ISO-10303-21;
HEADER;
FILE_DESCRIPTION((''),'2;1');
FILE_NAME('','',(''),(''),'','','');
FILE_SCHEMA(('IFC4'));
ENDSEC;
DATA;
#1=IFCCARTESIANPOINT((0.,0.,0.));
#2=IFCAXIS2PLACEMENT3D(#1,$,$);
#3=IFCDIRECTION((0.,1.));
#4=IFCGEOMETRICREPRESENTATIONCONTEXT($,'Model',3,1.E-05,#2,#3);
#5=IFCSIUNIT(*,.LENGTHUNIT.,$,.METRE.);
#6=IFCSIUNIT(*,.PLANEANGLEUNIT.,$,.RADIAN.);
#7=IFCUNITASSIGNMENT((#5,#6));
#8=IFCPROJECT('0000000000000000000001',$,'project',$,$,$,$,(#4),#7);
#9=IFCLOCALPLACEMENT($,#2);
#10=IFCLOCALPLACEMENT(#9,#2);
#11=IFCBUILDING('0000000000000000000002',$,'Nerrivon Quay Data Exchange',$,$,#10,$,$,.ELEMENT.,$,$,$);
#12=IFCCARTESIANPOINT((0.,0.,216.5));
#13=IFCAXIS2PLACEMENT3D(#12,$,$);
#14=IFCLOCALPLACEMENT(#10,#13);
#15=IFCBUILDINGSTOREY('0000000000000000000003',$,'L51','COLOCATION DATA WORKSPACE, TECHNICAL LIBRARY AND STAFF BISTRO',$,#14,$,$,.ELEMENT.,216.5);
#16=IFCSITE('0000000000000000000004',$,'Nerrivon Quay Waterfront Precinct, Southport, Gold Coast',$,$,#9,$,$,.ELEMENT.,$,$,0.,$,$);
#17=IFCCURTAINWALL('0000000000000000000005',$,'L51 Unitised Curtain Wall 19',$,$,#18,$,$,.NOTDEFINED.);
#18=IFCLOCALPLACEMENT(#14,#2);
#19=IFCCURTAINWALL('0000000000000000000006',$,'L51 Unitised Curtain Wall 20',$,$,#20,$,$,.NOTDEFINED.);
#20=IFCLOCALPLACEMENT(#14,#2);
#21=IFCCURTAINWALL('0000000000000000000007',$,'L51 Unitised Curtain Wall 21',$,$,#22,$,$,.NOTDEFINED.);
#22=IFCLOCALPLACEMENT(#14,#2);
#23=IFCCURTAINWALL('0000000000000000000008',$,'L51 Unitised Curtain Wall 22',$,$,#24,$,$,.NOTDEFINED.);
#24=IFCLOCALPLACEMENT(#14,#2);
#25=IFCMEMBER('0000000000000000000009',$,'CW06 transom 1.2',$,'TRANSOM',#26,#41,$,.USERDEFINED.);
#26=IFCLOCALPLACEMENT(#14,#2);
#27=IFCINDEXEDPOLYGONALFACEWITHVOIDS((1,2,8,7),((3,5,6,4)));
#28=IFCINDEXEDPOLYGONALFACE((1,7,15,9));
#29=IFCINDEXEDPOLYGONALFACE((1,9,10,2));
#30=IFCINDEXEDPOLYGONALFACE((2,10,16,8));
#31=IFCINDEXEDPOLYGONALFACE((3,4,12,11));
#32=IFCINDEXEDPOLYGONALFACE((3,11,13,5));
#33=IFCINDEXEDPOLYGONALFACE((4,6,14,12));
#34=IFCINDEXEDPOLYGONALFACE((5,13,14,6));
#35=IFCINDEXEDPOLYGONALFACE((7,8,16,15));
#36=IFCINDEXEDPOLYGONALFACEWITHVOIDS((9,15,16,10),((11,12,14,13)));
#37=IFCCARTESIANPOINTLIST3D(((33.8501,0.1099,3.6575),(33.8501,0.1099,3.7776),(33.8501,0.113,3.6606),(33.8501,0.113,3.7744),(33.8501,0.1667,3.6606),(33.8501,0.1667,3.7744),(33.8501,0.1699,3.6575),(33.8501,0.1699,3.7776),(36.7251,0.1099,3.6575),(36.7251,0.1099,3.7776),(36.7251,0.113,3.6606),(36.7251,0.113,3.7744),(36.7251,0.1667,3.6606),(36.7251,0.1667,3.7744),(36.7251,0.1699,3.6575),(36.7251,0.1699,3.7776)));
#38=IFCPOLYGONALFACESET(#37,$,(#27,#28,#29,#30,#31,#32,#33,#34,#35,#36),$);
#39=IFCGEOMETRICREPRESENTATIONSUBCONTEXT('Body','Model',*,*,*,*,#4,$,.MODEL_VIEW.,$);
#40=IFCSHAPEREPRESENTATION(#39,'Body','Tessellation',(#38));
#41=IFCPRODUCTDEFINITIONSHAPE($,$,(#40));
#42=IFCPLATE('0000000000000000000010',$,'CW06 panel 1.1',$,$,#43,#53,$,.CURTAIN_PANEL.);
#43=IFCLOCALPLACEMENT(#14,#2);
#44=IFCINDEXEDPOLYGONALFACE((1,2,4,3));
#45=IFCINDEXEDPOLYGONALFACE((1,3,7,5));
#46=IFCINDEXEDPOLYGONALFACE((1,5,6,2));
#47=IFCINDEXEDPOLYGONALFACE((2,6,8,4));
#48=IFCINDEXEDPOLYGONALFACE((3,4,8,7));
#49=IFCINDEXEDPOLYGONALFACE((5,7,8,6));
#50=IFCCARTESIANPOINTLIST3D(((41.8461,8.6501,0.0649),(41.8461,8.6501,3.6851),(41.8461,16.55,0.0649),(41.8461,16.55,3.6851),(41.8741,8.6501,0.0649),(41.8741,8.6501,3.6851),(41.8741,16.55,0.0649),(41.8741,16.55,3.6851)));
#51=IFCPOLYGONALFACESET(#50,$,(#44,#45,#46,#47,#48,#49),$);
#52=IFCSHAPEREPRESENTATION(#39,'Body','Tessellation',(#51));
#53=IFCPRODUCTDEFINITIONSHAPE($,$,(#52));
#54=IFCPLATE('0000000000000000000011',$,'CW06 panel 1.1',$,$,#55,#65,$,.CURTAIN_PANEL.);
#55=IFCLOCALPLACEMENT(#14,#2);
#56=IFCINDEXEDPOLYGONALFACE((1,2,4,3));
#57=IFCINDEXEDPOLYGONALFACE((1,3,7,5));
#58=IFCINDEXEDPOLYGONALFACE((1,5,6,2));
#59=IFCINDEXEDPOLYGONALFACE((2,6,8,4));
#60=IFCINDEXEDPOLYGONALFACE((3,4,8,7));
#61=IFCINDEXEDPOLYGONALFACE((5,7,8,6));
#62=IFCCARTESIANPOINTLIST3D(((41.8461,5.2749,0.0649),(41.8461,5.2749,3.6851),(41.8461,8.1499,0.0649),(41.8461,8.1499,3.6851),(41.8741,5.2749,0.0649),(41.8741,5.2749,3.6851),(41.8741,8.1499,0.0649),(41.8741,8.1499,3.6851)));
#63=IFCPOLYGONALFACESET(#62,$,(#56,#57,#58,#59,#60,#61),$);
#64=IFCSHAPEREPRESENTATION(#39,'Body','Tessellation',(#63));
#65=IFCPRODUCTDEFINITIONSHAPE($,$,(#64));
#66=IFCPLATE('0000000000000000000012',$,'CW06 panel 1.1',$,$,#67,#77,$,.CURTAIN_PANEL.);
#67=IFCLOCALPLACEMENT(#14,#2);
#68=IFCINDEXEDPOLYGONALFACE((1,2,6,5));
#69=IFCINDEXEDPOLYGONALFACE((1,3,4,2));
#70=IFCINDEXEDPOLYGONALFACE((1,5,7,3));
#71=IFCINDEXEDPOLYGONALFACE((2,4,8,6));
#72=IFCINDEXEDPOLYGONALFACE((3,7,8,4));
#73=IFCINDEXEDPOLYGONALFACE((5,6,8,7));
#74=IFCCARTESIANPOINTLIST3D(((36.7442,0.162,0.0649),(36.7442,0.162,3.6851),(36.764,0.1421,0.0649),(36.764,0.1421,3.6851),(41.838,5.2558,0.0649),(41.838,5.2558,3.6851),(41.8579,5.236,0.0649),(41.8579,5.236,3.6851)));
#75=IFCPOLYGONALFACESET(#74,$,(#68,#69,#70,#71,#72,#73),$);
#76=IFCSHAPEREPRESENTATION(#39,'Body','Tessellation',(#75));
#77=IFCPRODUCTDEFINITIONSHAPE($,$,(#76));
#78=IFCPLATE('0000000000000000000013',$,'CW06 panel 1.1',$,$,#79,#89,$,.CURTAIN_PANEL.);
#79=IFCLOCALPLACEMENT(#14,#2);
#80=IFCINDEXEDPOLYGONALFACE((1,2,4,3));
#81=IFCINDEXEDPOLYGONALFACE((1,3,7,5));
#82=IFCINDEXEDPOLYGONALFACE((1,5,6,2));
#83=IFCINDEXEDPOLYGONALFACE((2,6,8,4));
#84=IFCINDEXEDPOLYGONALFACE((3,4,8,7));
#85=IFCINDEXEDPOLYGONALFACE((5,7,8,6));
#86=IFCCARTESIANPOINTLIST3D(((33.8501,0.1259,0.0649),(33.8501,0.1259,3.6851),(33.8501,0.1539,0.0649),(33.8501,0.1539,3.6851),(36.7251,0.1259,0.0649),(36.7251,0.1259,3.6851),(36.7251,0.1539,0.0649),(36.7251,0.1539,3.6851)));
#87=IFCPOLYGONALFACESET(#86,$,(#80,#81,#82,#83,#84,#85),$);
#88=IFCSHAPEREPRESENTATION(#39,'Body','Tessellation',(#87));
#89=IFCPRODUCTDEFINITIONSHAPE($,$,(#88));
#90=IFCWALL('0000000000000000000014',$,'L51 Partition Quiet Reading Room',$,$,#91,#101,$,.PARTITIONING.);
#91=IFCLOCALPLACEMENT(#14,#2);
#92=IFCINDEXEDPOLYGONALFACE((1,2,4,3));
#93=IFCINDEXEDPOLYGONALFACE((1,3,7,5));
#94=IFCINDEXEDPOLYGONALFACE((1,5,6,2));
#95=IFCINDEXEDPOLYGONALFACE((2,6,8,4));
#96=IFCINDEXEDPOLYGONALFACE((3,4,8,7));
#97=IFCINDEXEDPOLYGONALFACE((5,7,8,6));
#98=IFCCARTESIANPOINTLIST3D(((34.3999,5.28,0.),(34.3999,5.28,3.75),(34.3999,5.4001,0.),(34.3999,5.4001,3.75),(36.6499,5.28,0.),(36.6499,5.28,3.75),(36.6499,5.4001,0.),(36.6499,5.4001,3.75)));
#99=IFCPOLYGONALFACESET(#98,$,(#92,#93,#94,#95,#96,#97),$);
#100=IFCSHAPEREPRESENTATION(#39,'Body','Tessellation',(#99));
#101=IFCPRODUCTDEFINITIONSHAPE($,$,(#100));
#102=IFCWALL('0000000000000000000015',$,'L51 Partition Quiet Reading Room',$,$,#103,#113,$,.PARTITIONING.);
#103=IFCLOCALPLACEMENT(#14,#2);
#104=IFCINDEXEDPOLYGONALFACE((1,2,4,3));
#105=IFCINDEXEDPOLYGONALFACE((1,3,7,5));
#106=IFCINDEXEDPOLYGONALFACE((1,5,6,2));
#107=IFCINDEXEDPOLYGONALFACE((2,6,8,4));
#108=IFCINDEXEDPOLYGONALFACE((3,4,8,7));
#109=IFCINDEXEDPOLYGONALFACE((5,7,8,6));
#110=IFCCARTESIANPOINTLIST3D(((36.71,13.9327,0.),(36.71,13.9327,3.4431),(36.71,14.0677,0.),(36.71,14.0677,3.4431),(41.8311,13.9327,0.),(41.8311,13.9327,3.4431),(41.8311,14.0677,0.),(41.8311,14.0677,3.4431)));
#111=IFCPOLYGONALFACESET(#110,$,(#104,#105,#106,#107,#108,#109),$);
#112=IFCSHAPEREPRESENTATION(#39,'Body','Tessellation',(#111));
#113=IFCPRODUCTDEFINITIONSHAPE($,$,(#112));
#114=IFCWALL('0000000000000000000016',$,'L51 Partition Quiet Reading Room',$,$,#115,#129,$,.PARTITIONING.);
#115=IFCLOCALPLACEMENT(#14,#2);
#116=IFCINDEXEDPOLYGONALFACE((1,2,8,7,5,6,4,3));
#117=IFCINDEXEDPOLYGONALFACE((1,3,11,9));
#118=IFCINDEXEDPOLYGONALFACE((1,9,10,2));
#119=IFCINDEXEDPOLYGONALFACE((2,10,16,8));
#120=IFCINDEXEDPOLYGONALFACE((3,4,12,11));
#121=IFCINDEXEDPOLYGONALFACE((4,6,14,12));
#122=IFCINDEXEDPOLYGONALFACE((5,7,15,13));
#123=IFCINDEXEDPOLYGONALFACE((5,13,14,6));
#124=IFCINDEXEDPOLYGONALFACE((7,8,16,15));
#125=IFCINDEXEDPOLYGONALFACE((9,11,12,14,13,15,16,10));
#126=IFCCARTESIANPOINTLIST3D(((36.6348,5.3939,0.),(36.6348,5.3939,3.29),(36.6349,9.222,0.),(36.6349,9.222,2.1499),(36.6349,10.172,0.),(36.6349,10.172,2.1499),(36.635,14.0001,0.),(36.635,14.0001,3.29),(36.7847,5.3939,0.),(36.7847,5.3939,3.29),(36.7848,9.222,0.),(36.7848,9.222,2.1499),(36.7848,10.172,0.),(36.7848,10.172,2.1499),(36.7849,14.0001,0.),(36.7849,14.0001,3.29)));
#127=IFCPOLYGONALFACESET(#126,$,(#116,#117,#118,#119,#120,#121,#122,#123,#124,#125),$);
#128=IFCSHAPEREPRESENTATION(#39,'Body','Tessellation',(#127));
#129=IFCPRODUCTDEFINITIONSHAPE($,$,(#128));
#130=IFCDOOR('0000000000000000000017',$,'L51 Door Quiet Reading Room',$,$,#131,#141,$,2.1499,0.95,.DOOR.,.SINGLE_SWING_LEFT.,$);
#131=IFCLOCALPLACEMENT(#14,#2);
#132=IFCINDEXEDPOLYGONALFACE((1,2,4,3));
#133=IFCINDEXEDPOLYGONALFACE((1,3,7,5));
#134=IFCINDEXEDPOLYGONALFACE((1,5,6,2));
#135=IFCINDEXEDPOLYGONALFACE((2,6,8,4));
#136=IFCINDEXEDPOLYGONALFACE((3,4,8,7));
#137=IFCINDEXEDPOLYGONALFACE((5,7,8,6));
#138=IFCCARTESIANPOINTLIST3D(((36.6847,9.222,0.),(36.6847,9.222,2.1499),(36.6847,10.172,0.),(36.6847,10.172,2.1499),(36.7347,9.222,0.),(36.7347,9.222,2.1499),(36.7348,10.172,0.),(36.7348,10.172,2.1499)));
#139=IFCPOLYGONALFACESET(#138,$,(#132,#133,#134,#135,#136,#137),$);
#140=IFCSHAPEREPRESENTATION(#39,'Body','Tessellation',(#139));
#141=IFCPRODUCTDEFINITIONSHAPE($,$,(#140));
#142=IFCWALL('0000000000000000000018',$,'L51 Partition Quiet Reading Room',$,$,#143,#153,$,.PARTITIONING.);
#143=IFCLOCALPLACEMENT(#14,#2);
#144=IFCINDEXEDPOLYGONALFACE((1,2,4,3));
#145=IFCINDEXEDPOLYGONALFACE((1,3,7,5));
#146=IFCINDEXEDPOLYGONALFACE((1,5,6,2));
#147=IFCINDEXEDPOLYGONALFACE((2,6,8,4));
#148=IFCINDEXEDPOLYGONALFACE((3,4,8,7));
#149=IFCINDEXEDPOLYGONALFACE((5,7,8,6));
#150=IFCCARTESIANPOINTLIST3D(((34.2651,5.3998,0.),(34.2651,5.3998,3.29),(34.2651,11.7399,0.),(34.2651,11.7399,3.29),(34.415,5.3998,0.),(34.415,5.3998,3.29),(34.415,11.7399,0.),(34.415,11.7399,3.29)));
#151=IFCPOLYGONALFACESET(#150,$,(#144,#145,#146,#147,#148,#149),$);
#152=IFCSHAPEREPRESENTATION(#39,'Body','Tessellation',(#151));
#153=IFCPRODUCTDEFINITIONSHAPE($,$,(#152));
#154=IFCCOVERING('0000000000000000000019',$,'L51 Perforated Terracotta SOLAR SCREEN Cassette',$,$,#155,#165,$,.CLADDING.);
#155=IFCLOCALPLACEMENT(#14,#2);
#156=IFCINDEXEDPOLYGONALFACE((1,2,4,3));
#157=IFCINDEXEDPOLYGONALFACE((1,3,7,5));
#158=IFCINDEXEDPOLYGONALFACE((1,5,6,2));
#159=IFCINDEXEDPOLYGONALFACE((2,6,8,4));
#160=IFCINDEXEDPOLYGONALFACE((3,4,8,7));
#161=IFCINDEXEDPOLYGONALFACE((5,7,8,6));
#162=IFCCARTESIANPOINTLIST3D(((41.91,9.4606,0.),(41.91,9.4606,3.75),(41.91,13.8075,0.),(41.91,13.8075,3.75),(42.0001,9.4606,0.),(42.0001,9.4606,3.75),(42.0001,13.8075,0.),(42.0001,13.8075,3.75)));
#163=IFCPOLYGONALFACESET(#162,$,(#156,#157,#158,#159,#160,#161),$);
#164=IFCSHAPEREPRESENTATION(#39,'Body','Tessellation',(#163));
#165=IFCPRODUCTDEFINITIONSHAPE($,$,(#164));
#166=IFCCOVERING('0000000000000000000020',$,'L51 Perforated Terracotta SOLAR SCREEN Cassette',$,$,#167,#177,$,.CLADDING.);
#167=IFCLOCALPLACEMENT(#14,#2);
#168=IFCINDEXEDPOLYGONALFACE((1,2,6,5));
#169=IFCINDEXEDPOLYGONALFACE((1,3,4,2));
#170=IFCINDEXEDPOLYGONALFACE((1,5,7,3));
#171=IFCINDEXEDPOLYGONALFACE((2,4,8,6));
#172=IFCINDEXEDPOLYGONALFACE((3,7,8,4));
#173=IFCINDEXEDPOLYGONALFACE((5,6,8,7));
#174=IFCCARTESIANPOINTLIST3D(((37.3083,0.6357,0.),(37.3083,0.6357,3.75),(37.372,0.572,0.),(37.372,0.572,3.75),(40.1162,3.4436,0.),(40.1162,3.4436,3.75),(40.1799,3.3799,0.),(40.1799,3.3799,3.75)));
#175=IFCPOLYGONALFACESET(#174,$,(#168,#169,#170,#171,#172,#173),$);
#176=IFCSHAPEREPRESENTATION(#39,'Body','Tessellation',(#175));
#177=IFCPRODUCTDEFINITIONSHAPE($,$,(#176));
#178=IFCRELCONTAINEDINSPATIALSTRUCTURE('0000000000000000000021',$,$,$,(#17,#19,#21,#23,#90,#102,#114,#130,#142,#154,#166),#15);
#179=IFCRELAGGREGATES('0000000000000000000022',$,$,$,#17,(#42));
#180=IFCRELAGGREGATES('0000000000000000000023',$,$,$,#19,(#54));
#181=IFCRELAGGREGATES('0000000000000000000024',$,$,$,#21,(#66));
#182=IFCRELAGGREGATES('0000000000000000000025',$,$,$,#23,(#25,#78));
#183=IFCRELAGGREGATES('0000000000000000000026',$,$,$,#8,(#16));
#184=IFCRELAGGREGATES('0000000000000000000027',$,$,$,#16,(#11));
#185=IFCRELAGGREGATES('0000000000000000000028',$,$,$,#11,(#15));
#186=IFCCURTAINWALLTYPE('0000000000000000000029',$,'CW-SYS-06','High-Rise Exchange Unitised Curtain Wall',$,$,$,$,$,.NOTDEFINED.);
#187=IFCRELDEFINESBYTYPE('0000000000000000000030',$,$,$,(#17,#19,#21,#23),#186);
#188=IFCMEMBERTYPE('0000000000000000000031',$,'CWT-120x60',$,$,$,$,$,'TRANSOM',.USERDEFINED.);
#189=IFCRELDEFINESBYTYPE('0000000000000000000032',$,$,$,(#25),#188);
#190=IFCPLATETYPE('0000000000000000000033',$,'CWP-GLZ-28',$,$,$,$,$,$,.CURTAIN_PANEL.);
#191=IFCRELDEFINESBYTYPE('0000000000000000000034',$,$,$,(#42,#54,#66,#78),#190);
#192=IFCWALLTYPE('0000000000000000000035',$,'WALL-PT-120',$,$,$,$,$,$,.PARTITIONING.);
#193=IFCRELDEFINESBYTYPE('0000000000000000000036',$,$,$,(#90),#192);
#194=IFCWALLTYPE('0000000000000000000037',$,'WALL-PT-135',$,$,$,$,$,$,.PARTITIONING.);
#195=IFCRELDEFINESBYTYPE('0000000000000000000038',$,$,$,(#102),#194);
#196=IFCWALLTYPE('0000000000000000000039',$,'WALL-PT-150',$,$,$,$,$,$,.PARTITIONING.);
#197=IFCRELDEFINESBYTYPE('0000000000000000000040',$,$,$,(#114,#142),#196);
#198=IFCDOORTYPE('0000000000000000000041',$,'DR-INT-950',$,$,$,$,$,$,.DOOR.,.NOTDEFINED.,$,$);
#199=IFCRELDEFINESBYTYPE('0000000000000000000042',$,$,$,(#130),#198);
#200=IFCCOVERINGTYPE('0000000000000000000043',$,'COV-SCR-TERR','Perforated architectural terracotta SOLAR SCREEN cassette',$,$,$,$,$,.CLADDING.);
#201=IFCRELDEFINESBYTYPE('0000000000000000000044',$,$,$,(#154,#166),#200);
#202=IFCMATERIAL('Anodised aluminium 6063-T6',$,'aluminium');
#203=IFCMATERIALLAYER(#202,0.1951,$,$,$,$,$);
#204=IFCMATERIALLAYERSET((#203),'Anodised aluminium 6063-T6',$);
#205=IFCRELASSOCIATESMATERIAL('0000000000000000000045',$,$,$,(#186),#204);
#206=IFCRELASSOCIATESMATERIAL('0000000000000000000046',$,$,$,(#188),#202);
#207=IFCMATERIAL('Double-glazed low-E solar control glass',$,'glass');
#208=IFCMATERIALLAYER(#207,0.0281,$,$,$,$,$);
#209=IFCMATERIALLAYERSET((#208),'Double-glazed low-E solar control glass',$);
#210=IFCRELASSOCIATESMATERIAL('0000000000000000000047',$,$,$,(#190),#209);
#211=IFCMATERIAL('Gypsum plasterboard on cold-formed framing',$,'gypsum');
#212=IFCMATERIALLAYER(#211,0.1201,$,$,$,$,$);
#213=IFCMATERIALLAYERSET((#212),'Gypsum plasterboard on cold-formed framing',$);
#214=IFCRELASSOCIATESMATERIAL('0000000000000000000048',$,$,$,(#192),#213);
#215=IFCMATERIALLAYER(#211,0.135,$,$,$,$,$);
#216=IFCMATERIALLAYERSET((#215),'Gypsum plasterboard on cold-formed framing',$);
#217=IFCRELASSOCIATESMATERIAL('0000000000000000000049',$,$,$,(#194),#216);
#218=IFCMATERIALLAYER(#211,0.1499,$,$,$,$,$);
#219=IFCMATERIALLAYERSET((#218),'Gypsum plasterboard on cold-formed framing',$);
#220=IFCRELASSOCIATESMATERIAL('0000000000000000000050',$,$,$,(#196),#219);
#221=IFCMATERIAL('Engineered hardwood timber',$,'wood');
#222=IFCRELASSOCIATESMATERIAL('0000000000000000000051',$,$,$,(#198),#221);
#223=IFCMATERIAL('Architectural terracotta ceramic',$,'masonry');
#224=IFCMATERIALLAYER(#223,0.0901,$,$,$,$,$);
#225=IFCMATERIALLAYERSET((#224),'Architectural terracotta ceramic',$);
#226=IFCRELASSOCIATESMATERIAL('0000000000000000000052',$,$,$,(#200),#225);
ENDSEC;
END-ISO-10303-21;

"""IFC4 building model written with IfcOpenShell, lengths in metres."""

from ifc_helpers import new_model, si_unit, direction, frame, frame_2d, origin, origin_2d, place, context, subcontext, project, spatial, rectangle, hollow_rectangle, extrude, material, layer, layer_set, material_profile, profile_set, type_object, element, fill, aggregate, save


model = new_model("IFC4")

# Units and contexts
model_context = context("Model", 3, precision=1e-05, world=origin(), true_north=direction((0.0, 1.0)))
body_context = subcontext(model_context, "Body", "Model", "MODEL_VIEW")
ifc_project = project(units=[si_unit("LENGTHUNIT", "METRE"), si_unit("PLANEANGLEUNIT", "RADIAN")], contexts=[model_context])

# Site, building, storey
site_placement = place(None, origin())
site = spatial("IfcSite", under=ifc_project, at=site_placement, Name="Nerrivon Quay Waterfront Precinct, Southport, Gold Coast", CompositionType="ELEMENT", RefElevation=0.0)
building_placement = place(site_placement, origin())
building = spatial("IfcBuilding", under=site, at=building_placement, Name="Nerrivon Quay Data Exchange", CompositionType="ELEMENT")
storey_placement = place(building_placement, frame((0.0, 0.0, 216.5)))
storey = spatial("IfcBuildingStorey", under=building, at=storey_placement, Name="L51", Description="COLOCATION DATA WORKSPACE, TECHNICAL LIBRARY AND STAFF BISTRO", CompositionType="ELEMENT", Elevation=216.5)

# Curtain wall
ifc_material_1 = material(Name="Anodised aluminium 6063-T6", Category="aluminium")
ifc_layer_1 = layer(ifc_material_1, 0.1951)
ifc_layer_set_1 = layer_set([ifc_layer_1], Name="Anodised aluminium 6063-T6")
curtain_wall_type = type_object("IfcCurtainWallType", Name="CW-SYS-06", Description="High-Rise Exchange Unitised Curtain Wall", PredefinedType="NOTDEFINED", material=ifc_layer_set_1)
curtain_wall_1_placement = place(storey_placement, origin())
curtain_wall_1 = element("IfcCurtainWall", 1, at=curtain_wall_1_placement, inside=storey, type_object=curtain_wall_type, Name="L51 Unitised Curtain Wall 19", PredefinedType="NOTDEFINED")

# Curtain walls
curtain_wall_2_placement = place(storey_placement, origin())
curtain_wall_2 = element("IfcCurtainWall", 2, at=curtain_wall_2_placement, inside=storey, type_object=curtain_wall_type, Name="L51 Unitised Curtain Wall 20", PredefinedType="NOTDEFINED")
curtain_wall_3_placement = place(storey_placement, origin())
curtain_wall_3 = element("IfcCurtainWall", 3, at=curtain_wall_3_placement, inside=storey, type_object=curtain_wall_type, Name="L51 Unitised Curtain Wall 21", PredefinedType="NOTDEFINED")

# Curtain wall
curtain_wall_4_placement = place(storey_placement, origin())
curtain_wall_4 = element("IfcCurtainWall", 4, at=curtain_wall_4_placement, inside=storey, type_object=curtain_wall_type, Name="L51 Unitised Curtain Wall 22", PredefinedType="NOTDEFINED")

# Member
ifc_material_profile_1 = material_profile(ifc_material_1, hollow_rectangle(XDim=0.0601, YDim=0.1201, WallThickness=0.0032, at=origin_2d()), Name="ALU-TRAN-120x60")
ifc_profile_set_1 = profile_set([ifc_material_profile_1], Name="Anodised aluminium 6063-T6")
member_type_1 = type_object("IfcMemberType", Name="CWT-120x60", ElementType="TRANSOM", PredefinedType="USERDEFINED", material=ifc_profile_set_1)
member_1_placement = place(storey_placement, frame((36.7251, 0.1399, 3.7175), z_axis=(-1.0, 0.0, 0.0), x_axis=(0.0, -1.0, 0.0)))
member_1 = element("IfcMember", 5, at=member_1_placement, type_object=member_type_1, Name="CW06 transom 1.2", ObjectType="TRANSOM", PredefinedType="USERDEFINED", context=body_context, shape_type="SweptSolid", body=[
    extrude(hollow_rectangle(XDim=0.0601, YDim=0.1201, WallThickness=0.0032, at=origin_2d()), origin(), (0.0, 0.0, 1.0), 2.875),
])

# Plates
ifc_material_2 = material(Name="Double-glazed low-E solar control glass", Category="glass")
ifc_layer_2 = layer(ifc_material_2, 0.0281)
ifc_layer_set_2 = layer_set([ifc_layer_2], Name="Double-glazed low-E solar control glass")
plate_type = type_object("IfcPlateType", Name="CWP-GLZ-28", PredefinedType="CURTAIN_PANEL", material=ifc_layer_set_2)
plate_1_placement = place(storey_placement, frame((41.8601, 12.6001, 0.0649), z_axis=(0.0, 0.0, 1.0), x_axis=(0.0, -1.0, 0.0)))
plate_1 = element("IfcPlate", 6, at=plate_1_placement, type_object=plate_type, Name="CW06 panel 1.1", PredefinedType="CURTAIN_PANEL", context=body_context, shape_type="SweptSolid", body=[
    extrude(rectangle(XDim=7.8999, YDim=0.0281, at=origin_2d()), origin(), (0.0, 0.0, 1.0), 3.6201),
])
aggregate(curtain_wall_1, [plate_1])
plate_2_placement = place(storey_placement, frame((41.8601, 6.7124, 0.0649), z_axis=(0.0, 0.0, 1.0), x_axis=(0.0, -1.0, 0.0)))
plate_2 = element("IfcPlate", 7, at=plate_2_placement, type_object=plate_type, Name="CW06 panel 1.1", PredefinedType="CURTAIN_PANEL", context=body_context, shape_type="SweptSolid", body=[
    extrude(rectangle(XDim=2.875, YDim=0.0281, at=origin_2d()), origin(), (0.0, 0.0, 1.0), 3.6201),
])
aggregate(curtain_wall_2, [plate_2])
plate_3_placement = place(storey_placement, frame((39.301, 2.699, 0.0649), z_axis=(0.0, 0.0, 1.0), x_axis=(-0.707107, -0.707107, 0.0)))
plate_3 = element("IfcPlate", 8, at=plate_3_placement, type_object=plate_type, Name="CW06 panel 1.1", PredefinedType="CURTAIN_PANEL", context=body_context, shape_type="SweptSolid", body=[
    extrude(rectangle(XDim=7.2039, YDim=0.0281, at=origin_2d()), origin(), (0.0, 0.0, 1.0), 3.6201),
])
aggregate(curtain_wall_3, [plate_3])
plate_4_placement = place(storey_placement, frame((35.2876, 0.1399, 0.0649), z_axis=(0.0, 0.0, 1.0), x_axis=(-1.0, 0.0, 0.0)))
plate_4 = element("IfcPlate", 9, at=plate_4_placement, type_object=plate_type, Name="CW06 panel 1.1", PredefinedType="CURTAIN_PANEL", context=body_context, shape_type="SweptSolid", body=[
    extrude(rectangle(XDim=2.875, YDim=0.0281, at=origin_2d()), origin(), (0.0, 0.0, 1.0), 3.6201),
])
aggregate(curtain_wall_4, [member_1, plate_4])

# Walls
ifc_material_3 = material(Name="Gypsum plasterboard on cold-formed framing", Category="gypsum")
ifc_layer_3 = layer(ifc_material_3, 0.1201)
ifc_layer_set_3 = layer_set([ifc_layer_3], Name="Gypsum plasterboard on cold-formed framing")
wall_type_1 = type_object("IfcWallType", Name="WALL-PT-120", PredefinedType="PARTITIONING", material=ifc_layer_set_3)
wall_1_placement = place(storey_placement, frame((36.6499, 5.3401, 0.0), z_axis=(0.0, 0.0, 1.0), x_axis=(-1.0, 0.0, 0.0)))
element("IfcWall", 10, at=wall_1_placement, inside=storey, type_object=wall_type_1, Name="L51 Partition Quiet Reading Room", PredefinedType="PARTITIONING", context=body_context, shape_type="SweptSolid", body=[
    extrude(rectangle(XDim=2.25, YDim=0.1201, at=frame_2d((1.125, 0.0))), origin(), (0.0, 0.0, 1.0), 3.75),
])
ifc_layer_4 = layer(ifc_material_3, 0.135)
ifc_layer_set_4 = layer_set([ifc_layer_4], Name="Gypsum plasterboard on cold-formed framing")
wall_type_2 = type_object("IfcWallType", Name="WALL-PT-135", PredefinedType="PARTITIONING", material=ifc_layer_set_4)
wall_2_placement = place(storey_placement, frame((41.8311, 14.0002, 0.0), z_axis=(0.0, 0.0, 1.0), x_axis=(-1.0, 0.0, 0.0)))
element("IfcWall", 11, at=wall_2_placement, inside=storey, type_object=wall_type_2, Name="L51 Partition Quiet Reading Room", PredefinedType="PARTITIONING", context=body_context, shape_type="SweptSolid", body=[
    extrude(rectangle(XDim=5.1211, YDim=0.135, at=frame_2d((2.5605, 0.0))), origin(), (0.0, 0.0, 1.0), 3.4431),
])

# Wall, opening, door
ifc_layer_5 = layer(ifc_material_3, 0.1499)
ifc_layer_set_5 = layer_set([ifc_layer_5], Name="Gypsum plasterboard on cold-formed framing")
wall_type_3 = type_object("IfcWallType", Name="WALL-PT-150", PredefinedType="PARTITIONING", material=ifc_layer_set_5)
wall_3_placement = place(storey_placement, frame((36.71, 14.0002, 0.0), z_axis=(0.0, 0.0, 1.0), x_axis=(-0.000028, -1.0, 0.0)))
wall_3 = element("IfcWall", 12, at=wall_3_placement, inside=storey, type_object=wall_type_3, Name="L51 Partition Quiet Reading Room", PredefinedType="PARTITIONING", context=body_context, shape_type="SweptSolid", body=[
    extrude(rectangle(XDim=8.6062, YDim=0.1499, at=frame_2d((4.3032, 0.0))), origin(), (0.0, 0.0, 1.0), 3.29),
])
opening_placement = place(wall_3_placement, frame((3.8281, 0.0, 0.0)))
opening = element("IfcOpeningElement", 13, at=opening_placement, cuts=wall_3, PredefinedType="OPENING", context=body_context, shape_type="SweptSolid", body=[
    extrude(rectangle(XDim=0.95, YDim=2.1499, at=frame_2d((0.4751, 1.075))), frame((0.0, 0.085, 0.0), z_axis=(0.0, -1.0, 0.0), x_axis=(1.0, 0.0, 0.0)), (0.0, 0.0, 1.0), 0.1699),
])
ifc_material_4 = material(Name="Engineered hardwood timber", Category="wood")
door_type = type_object("IfcDoorType", Name="DR-INT-950", OperationType="NOTDEFINED", PredefinedType="DOOR", material=ifc_material_4)
door_placement = place(opening_placement, origin())
door = element("IfcDoor", 14, at=door_placement, inside=storey, type_object=door_type, Name="L51 Door Quiet Reading Room", OperationType="SINGLE_SWING_LEFT", OverallHeight=2.1499, OverallWidth=0.95, PredefinedType="DOOR", context=body_context, shape_type="SweptSolid", body=[
    extrude(rectangle(XDim=0.95, YDim=2.1499, at=frame_2d((0.4751, 1.075))), frame((0.0, 0.0249, 0.0), z_axis=(0.0, -1.0, 0.0), x_axis=(1.0, 0.0, 0.0)), (0.0, 0.0, 1.0), 0.05),
])
fill(opening, door)

# Wall
wall_4_placement = place(storey_placement, frame((34.3401, 5.3999, 0.0), z_axis=(0.0, 0.0, 1.0), x_axis=(0.0, 1.0, 0.0)))
element("IfcWall", 15, at=wall_4_placement, inside=storey, type_object=wall_type_3, Name="L51 Partition Quiet Reading Room", PredefinedType="PARTITIONING", context=body_context, shape_type="SweptSolid", body=[
    extrude(rectangle(XDim=6.3401, YDim=0.1499, at=frame_2d((3.1699, 0.0))), origin(), (0.0, 0.0, 1.0), 3.29),
])

# Coverings
ifc_material_5 = material(Name="Architectural terracotta ceramic", Category="masonry")
ifc_layer_6 = layer(ifc_material_5, 0.0901)
ifc_layer_set_6 = layer_set([ifc_layer_6], Name="Architectural terracotta ceramic")
covering_type = type_object("IfcCoveringType", Name="COV-SCR-TERR", Description="Perforated architectural terracotta SOLAR SCREEN cassette", PredefinedType="CLADDING", material=ifc_layer_set_6)
covering_1_placement = place(storey_placement, frame((41.9551, 11.634, 0.0), z_axis=(0.0, 0.0, 1.0), x_axis=(0.0, -1.0, 0.0)))
element("IfcCovering", 16, at=covering_1_placement, inside=storey, type_object=covering_type, Name="L51 Perforated Terracotta SOLAR SCREEN Cassette", PredefinedType="CLADDING", context=body_context, shape_type="SweptSolid", body=[
    extrude(rectangle(XDim=4.3469, YDim=0.0901, at=origin_2d()), origin(), (0.0, 0.0, 1.0), 3.75),
])
covering_2_placement = place(storey_placement, frame((38.7441, 2.0078, 0.0), z_axis=(0.0, 0.0, 1.0), x_axis=(-0.707107, -0.707107, 0.0)))
element("IfcCovering", 17, at=covering_2_placement, inside=storey, type_object=covering_type, Name="L51 Perforated Terracotta SOLAR SCREEN Cassette", PredefinedType="CLADDING", context=body_context, shape_type="SweptSolid", body=[
    extrude(rectangle(XDim=3.9709, YDim=0.0901, at=origin_2d()), origin(), (0.0, 0.0, 1.0), 3.75),
])

save(model, "model.ifc")
